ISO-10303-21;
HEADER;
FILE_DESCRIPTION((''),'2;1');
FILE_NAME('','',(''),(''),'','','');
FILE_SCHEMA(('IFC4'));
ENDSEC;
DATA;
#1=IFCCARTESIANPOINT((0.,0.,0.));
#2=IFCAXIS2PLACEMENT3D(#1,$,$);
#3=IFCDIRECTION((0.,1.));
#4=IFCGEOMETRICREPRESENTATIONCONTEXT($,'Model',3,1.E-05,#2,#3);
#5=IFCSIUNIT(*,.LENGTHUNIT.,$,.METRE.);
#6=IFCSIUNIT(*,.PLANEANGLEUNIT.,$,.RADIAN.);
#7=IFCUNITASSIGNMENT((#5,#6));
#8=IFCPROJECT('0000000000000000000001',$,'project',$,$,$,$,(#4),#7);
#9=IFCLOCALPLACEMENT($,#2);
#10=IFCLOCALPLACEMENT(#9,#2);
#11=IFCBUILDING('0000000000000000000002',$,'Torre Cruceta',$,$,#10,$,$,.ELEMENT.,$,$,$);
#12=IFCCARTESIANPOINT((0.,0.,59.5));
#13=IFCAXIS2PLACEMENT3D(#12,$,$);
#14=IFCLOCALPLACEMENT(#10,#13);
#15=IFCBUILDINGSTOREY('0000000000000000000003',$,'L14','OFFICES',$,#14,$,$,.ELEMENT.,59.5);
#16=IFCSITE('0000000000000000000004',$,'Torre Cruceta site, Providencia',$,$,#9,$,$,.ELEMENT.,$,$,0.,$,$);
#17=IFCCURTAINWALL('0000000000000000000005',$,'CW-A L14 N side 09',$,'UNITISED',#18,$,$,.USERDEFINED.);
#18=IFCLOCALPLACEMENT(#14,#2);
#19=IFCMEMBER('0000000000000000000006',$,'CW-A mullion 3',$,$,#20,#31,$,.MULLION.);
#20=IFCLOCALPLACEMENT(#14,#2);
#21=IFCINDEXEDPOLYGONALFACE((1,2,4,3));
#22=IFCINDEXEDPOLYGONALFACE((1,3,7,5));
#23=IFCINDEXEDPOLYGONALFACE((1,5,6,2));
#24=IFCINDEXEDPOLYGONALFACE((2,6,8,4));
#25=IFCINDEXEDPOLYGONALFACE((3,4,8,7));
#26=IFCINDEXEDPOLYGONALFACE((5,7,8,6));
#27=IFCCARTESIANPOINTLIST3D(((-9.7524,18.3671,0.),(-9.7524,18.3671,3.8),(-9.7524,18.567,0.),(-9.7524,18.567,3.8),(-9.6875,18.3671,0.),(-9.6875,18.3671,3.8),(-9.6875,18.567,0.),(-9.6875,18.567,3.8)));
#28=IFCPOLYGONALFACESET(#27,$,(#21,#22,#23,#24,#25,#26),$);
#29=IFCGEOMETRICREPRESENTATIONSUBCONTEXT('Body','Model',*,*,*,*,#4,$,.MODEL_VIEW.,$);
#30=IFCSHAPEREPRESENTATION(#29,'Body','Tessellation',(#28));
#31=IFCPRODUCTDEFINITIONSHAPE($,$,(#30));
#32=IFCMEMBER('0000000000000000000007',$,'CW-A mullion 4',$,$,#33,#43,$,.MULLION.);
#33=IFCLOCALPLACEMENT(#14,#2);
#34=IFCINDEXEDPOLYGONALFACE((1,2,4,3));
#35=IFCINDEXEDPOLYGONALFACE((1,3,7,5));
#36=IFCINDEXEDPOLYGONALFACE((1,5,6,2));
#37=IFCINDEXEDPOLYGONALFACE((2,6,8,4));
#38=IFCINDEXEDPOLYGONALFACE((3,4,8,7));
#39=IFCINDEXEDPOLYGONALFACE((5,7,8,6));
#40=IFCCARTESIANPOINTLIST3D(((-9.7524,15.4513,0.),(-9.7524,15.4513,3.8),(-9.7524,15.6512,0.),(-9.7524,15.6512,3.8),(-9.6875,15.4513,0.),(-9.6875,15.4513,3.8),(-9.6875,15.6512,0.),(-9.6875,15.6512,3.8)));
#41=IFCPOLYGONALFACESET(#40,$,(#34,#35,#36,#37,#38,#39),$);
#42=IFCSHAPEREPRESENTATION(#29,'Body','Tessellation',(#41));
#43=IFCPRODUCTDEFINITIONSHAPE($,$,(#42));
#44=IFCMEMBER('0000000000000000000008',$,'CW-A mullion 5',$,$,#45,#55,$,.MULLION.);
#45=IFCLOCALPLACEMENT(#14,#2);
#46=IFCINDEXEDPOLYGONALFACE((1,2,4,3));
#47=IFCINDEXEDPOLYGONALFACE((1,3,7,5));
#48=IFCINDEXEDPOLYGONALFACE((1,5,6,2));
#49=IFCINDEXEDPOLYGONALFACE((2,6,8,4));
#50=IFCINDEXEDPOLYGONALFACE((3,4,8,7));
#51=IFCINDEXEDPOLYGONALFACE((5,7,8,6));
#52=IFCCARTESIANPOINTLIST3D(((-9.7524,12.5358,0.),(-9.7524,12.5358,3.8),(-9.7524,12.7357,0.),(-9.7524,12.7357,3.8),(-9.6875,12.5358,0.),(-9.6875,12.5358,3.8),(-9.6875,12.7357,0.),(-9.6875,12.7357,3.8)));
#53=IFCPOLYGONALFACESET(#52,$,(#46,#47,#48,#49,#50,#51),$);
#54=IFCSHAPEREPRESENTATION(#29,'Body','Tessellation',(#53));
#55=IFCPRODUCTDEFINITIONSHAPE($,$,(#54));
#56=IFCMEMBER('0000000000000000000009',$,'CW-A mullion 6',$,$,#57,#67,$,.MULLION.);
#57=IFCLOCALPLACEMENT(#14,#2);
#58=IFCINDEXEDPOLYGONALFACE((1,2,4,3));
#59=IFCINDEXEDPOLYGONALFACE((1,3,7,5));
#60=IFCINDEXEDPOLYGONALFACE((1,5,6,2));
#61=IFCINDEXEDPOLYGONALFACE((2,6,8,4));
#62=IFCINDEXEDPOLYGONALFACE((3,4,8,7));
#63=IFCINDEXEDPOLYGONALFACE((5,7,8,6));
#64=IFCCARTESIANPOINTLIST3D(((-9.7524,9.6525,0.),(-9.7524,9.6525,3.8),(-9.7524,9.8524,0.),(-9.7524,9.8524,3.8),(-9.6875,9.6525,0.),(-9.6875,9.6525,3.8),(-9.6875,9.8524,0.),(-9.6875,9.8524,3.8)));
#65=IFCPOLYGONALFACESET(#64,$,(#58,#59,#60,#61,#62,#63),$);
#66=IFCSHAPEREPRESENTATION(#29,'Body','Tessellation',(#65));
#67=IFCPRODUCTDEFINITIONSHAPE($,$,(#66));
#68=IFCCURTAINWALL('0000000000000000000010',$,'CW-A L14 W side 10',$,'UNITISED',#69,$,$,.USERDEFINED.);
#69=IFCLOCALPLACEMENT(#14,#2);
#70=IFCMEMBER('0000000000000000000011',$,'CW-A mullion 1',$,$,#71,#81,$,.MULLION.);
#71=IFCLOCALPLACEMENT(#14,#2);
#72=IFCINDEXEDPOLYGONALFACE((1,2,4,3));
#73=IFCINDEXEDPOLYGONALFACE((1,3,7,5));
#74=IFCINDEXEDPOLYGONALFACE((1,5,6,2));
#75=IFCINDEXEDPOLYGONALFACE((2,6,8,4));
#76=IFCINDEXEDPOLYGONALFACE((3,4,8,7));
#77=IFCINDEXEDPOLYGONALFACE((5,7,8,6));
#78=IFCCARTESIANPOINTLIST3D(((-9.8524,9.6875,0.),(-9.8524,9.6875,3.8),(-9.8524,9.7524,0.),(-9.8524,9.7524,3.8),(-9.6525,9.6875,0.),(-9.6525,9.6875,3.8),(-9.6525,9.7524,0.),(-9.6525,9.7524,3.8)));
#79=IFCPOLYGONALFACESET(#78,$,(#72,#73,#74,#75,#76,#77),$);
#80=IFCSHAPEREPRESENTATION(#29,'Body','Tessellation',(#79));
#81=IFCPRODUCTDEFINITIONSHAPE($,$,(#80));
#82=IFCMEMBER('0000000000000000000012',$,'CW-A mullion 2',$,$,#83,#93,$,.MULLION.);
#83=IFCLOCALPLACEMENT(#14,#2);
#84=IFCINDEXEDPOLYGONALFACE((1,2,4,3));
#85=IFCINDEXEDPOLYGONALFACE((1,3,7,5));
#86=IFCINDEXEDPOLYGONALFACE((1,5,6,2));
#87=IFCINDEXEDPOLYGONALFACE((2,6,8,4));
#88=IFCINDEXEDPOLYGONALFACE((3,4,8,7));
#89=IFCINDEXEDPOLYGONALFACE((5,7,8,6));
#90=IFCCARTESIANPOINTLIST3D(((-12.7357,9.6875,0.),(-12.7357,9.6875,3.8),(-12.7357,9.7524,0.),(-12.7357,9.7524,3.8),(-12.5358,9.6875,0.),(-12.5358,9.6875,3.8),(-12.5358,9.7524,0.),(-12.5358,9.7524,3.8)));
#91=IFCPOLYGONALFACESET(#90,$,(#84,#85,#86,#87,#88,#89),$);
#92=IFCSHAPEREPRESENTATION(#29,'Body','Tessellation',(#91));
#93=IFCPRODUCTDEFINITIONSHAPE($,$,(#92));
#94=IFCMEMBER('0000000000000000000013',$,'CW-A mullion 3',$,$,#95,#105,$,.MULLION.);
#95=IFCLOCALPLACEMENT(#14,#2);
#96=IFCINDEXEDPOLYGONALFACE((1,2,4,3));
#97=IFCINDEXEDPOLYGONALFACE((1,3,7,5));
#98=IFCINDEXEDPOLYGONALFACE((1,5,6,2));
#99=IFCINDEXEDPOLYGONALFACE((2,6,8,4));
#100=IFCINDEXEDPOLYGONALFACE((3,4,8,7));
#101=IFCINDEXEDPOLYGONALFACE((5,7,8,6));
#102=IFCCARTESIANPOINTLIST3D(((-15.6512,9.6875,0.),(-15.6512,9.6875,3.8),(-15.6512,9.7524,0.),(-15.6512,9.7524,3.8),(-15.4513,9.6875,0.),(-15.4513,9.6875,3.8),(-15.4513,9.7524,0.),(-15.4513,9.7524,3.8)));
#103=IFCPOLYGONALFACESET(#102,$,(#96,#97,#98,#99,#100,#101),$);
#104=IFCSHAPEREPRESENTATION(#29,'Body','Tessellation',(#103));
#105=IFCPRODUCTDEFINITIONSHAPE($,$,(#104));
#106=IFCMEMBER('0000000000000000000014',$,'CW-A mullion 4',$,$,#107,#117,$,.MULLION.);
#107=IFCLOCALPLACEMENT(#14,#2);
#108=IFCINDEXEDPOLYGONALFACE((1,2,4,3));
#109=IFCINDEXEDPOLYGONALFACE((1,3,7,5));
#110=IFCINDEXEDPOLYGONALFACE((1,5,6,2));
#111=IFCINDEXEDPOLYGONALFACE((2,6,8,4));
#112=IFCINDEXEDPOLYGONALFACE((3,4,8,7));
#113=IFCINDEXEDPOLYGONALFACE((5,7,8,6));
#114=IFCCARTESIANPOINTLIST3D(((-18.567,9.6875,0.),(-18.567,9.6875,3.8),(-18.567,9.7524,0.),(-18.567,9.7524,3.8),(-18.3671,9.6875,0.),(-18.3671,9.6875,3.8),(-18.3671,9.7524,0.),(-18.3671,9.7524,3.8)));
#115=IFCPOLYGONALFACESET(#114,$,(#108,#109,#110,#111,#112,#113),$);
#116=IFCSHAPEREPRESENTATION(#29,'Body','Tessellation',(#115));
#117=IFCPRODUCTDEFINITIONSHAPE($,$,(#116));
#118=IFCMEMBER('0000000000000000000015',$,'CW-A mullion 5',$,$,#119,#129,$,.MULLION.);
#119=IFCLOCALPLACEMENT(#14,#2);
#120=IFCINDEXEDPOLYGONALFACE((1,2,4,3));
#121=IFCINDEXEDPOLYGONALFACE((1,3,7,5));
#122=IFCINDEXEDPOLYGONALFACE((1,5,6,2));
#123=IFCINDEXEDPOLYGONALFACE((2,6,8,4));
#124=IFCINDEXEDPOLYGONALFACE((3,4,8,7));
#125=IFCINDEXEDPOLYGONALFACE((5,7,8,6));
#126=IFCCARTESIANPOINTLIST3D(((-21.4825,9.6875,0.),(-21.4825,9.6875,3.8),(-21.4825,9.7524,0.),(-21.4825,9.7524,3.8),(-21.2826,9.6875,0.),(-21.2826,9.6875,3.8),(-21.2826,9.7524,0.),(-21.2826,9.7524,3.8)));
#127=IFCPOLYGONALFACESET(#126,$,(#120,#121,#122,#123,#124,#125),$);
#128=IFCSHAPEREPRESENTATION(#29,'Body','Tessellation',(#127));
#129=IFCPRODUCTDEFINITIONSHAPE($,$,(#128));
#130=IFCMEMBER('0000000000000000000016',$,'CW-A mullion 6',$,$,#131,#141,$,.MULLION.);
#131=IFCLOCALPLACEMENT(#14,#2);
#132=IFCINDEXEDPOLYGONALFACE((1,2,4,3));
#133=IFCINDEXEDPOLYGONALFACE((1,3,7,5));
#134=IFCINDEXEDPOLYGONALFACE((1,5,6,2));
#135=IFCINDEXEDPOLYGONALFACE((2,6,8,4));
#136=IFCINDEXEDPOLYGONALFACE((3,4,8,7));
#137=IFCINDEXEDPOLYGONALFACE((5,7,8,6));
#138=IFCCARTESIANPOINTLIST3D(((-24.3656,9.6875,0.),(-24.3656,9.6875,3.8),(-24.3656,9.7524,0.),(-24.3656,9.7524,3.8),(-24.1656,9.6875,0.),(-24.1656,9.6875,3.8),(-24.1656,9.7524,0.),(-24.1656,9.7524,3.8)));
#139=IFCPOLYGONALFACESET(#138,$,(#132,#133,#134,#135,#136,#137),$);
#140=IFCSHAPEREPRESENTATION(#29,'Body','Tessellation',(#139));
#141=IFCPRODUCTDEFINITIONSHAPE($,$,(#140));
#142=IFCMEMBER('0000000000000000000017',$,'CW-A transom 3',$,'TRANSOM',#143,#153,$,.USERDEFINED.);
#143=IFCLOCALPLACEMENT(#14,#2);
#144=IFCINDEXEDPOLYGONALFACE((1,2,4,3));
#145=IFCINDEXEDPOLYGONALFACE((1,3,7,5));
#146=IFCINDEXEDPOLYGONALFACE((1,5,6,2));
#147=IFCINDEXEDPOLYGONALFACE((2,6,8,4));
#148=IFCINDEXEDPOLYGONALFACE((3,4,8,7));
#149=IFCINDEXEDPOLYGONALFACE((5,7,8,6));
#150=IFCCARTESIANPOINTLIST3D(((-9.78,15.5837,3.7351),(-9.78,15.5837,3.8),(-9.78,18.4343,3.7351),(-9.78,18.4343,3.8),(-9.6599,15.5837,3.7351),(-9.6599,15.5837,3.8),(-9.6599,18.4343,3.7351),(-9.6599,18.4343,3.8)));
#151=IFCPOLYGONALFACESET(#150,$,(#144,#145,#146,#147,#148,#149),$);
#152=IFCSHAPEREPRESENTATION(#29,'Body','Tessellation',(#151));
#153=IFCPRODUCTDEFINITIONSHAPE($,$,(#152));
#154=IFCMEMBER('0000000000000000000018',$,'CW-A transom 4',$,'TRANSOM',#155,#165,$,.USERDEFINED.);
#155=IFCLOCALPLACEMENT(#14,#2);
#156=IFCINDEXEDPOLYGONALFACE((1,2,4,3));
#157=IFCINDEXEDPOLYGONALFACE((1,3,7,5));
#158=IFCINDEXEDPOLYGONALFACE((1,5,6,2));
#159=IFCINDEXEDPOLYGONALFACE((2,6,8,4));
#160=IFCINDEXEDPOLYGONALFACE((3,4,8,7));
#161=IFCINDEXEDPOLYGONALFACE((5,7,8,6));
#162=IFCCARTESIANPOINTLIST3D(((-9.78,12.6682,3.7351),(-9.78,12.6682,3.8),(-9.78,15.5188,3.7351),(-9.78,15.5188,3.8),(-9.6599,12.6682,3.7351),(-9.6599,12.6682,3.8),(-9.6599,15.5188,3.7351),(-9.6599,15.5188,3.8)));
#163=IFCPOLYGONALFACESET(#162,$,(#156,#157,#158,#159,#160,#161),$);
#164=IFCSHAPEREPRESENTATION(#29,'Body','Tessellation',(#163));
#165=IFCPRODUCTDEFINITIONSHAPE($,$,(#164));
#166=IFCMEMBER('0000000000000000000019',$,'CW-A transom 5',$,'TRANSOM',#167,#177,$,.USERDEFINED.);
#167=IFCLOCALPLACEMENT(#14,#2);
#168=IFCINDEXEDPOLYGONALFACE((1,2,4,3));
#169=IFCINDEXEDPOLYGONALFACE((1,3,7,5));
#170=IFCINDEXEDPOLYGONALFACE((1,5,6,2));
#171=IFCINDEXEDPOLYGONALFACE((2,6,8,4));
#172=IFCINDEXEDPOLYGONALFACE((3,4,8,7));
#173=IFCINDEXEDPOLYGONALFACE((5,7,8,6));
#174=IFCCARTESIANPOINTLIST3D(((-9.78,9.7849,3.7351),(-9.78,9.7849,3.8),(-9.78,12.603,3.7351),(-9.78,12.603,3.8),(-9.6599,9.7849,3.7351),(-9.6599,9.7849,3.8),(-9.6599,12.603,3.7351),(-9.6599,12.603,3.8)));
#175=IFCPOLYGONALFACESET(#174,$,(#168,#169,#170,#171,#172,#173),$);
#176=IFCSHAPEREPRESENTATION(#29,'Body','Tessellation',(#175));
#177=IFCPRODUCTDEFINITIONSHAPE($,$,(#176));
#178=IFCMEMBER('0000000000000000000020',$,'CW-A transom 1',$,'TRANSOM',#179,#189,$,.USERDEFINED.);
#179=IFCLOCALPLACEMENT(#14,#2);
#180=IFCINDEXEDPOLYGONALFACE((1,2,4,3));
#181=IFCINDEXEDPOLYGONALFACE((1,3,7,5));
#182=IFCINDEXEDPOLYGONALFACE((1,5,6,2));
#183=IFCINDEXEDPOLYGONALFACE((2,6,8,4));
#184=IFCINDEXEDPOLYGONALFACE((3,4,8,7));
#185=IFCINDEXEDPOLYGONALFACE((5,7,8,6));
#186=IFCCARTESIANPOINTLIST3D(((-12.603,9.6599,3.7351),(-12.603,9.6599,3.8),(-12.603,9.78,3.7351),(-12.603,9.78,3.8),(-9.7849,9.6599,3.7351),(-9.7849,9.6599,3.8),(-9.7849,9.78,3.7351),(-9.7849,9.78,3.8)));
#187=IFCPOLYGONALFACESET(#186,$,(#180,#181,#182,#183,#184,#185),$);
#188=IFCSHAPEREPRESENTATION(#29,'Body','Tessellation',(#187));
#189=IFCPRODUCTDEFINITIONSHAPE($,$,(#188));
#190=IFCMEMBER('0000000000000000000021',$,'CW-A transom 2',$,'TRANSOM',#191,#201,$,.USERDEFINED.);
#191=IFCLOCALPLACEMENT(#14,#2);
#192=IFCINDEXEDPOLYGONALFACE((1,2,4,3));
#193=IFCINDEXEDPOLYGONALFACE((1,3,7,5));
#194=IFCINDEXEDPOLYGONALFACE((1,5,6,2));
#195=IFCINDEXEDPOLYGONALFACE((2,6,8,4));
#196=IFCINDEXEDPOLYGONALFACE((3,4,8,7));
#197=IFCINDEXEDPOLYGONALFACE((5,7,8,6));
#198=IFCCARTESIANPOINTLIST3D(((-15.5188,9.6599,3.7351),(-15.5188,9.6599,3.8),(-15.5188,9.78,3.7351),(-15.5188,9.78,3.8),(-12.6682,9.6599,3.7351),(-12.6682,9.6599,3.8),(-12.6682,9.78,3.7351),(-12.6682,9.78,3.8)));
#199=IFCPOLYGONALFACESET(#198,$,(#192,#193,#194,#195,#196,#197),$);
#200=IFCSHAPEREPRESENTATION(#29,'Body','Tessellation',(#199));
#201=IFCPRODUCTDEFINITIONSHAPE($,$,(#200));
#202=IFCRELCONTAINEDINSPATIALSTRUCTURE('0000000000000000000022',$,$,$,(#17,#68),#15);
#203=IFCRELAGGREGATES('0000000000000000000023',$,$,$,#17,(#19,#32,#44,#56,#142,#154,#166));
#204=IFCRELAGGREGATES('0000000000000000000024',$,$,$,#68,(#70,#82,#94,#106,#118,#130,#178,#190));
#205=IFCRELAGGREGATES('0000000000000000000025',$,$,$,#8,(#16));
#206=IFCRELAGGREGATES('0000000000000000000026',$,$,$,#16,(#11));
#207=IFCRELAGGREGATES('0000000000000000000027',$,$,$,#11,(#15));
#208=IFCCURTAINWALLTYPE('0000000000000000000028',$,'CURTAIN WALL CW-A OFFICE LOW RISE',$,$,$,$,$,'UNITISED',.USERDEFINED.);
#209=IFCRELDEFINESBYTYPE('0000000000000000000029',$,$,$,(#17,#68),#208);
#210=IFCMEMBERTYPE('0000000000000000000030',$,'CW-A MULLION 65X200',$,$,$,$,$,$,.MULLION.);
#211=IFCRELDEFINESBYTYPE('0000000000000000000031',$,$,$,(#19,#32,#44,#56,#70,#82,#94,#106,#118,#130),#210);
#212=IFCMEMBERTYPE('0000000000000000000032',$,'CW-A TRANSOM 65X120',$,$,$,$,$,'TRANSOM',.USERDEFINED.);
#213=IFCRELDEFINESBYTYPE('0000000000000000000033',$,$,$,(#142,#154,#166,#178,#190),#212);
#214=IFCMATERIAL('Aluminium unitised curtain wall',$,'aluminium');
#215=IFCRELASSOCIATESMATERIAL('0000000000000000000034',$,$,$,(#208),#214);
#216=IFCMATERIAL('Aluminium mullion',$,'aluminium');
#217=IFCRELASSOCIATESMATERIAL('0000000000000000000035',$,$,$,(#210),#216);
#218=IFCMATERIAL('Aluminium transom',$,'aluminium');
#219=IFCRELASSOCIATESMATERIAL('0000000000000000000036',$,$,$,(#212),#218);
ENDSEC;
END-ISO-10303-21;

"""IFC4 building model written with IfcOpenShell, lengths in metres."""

from ifc_helpers import new_model, si_unit, direction, frame, origin, origin_2d, place, context, subcontext, project, spatial, rectangle, extrude, material, material_profile, profile_set, type_object, element, aggregate, save


model = new_model("IFC4")

# Units and contexts
model_context = context("Model", 3, precision=1e-05, world=origin(), true_north=direction((0.0, 1.0)))
body_context = subcontext(model_context, "Body", "Model", "MODEL_VIEW")
ifc_project = project(units=[si_unit("LENGTHUNIT", "METRE"), si_unit("PLANEANGLEUNIT", "RADIAN")], contexts=[model_context])

# Site, building, storey
site_placement = place(None, origin())
site = spatial("IfcSite", under=ifc_project, at=site_placement, Name="Torre Cruceta site, Providencia", CompositionType="ELEMENT", RefElevation=0.0)
building_placement = place(site_placement, origin())
building = spatial("IfcBuilding", under=site, at=building_placement, Name="Torre Cruceta", CompositionType="ELEMENT")
storey_placement = place(building_placement, frame((0.0, 0.0, 59.5)))
storey = spatial("IfcBuildingStorey", under=building, at=storey_placement, Name="L14", Description="OFFICES", CompositionType="ELEMENT", Elevation=59.5)

# Curtain walls, members
ifc_material_1 = material(Name="Aluminium unitised curtain wall", Category="aluminium")
curtain_wall_type = type_object("IfcCurtainWallType", Name="CURTAIN WALL CW-A OFFICE LOW RISE", ElementType="UNITISED", PredefinedType="USERDEFINED", material=ifc_material_1)
curtain_wall_1_placement = place(storey_placement, origin())
curtain_wall_1 = element("IfcCurtainWall", 1, at=curtain_wall_1_placement, inside=storey, type_object=curtain_wall_type, Name="CW-A L14 N side 09", ObjectType="UNITISED", PredefinedType="USERDEFINED")
ifc_material_2 = material(Name="Aluminium mullion", Category="aluminium")
ifc_material_profile_1 = material_profile(ifc_material_2, rectangle(XDim=0.0649, YDim=0.2, at=origin_2d()), Name="AL 65X200")
ifc_profile_set_1 = profile_set([ifc_material_profile_1], Name="Aluminium mullion")
member_type_1 = type_object("IfcMemberType", Name="CW-A MULLION 65X200", PredefinedType="MULLION", material=ifc_profile_set_1)
member_1_placement = place(storey_placement, frame((-9.72, 18.467, 0.0), z_axis=(0.0, 0.0, 1.0), x_axis=(1.0, 0.0, 0.0)))
member_1 = element("IfcMember", 2, at=member_1_placement, type_object=member_type_1, Name="CW-A mullion 3", PredefinedType="MULLION", context=body_context, shape_type="SweptSolid", body=[
    extrude(rectangle(XDim=0.0649, YDim=0.2, at=origin_2d()), origin(), (0.0, 0.0, 1.0), 3.8),
])
member_2_placement = place(storey_placement, frame((-9.72, 15.5513, 0.0), z_axis=(0.0, 0.0, 1.0), x_axis=(1.0, 0.0, 0.0)))
member_2 = element("IfcMember", 3, at=member_2_placement, type_object=member_type_1, Name="CW-A mullion 4", PredefinedType="MULLION", context=body_context, shape_type="SweptSolid", body=[
    extrude(rectangle(XDim=0.0649, YDim=0.2, at=origin_2d()), origin(), (0.0, 0.0, 1.0), 3.8),
])
member_3_placement = place(storey_placement, frame((-9.72, 12.6357, 0.0), z_axis=(0.0, 0.0, 1.0), x_axis=(1.0, 0.0, 0.0)))
member_3 = element("IfcMember", 4, at=member_3_placement, type_object=member_type_1, Name="CW-A mullion 5", PredefinedType="MULLION", context=body_context, shape_type="SweptSolid", body=[
    extrude(rectangle(XDim=0.0649, YDim=0.2, at=origin_2d()), origin(), (0.0, 0.0, 1.0), 3.8),
])
member_4_placement = place(storey_placement, frame((-9.72, 9.7524, 0.0), z_axis=(0.0, 0.0, 1.0), x_axis=(1.0, 0.0, 0.0)))
member_4 = element("IfcMember", 5, at=member_4_placement, type_object=member_type_1, Name="CW-A mullion 6", PredefinedType="MULLION", context=body_context, shape_type="SweptSolid", body=[
    extrude(rectangle(XDim=0.0649, YDim=0.2, at=origin_2d()), origin(), (0.0, 0.0, 1.0), 3.8),
])
curtain_wall_2_placement = place(storey_placement, origin())
curtain_wall_2 = element("IfcCurtainWall", 6, at=curtain_wall_2_placement, inside=storey, type_object=curtain_wall_type, Name="CW-A L14 W side 10", ObjectType="UNITISED", PredefinedType="USERDEFINED")
member_5_placement = place(storey_placement, frame((-9.7524, 9.72, 0.0), z_axis=(0.0, 0.0, 1.0), x_axis=(0.0, -1.0, 0.0)))
member_5 = element("IfcMember", 7, at=member_5_placement, type_object=member_type_1, Name="CW-A mullion 1", PredefinedType="MULLION", context=body_context, shape_type="SweptSolid", body=[
    extrude(rectangle(XDim=0.0649, YDim=0.2, at=origin_2d()), origin(), (0.0, 0.0, 1.0), 3.8),
])
member_6_placement = place(storey_placement, frame((-12.6357, 9.72, 0.0), z_axis=(0.0, 0.0, 1.0), x_axis=(0.0, -1.0, 0.0)))
member_6 = element("IfcMember", 8, at=member_6_placement, type_object=member_type_1, Name="CW-A mullion 2", PredefinedType="MULLION", context=body_context, shape_type="SweptSolid", body=[
    extrude(rectangle(XDim=0.0649, YDim=0.2, at=origin_2d()), origin(), (0.0, 0.0, 1.0), 3.8),
])
member_7_placement = place(storey_placement, frame((-15.5513, 9.72, 0.0), z_axis=(0.0, 0.0, 1.0), x_axis=(0.0, -1.0, 0.0)))
member_7 = element("IfcMember", 9, at=member_7_placement, type_object=member_type_1, Name="CW-A mullion 3", PredefinedType="MULLION", context=body_context, shape_type="SweptSolid", body=[
    extrude(rectangle(XDim=0.0649, YDim=0.2, at=origin_2d()), origin(), (0.0, 0.0, 1.0), 3.8),
])
member_8_placement = place(storey_placement, frame((-18.467, 9.72, 0.0), z_axis=(0.0, 0.0, 1.0), x_axis=(0.0, -1.0, 0.0)))
member_8 = element("IfcMember", 10, at=member_8_placement, type_object=member_type_1, Name="CW-A mullion 4", PredefinedType="MULLION", context=body_context, shape_type="SweptSolid", body=[
    extrude(rectangle(XDim=0.0649, YDim=0.2, at=origin_2d()), origin(), (0.0, 0.0, 1.0), 3.8),
])
member_9_placement = place(storey_placement, frame((-21.3826, 9.72, 0.0), z_axis=(0.0, 0.0, 1.0), x_axis=(0.0, -1.0, 0.0)))
member_9 = element("IfcMember", 11, at=member_9_placement, type_object=member_type_1, Name="CW-A mullion 5", PredefinedType="MULLION", context=body_context, shape_type="SweptSolid", body=[
    extrude(rectangle(XDim=0.0649, YDim=0.2, at=origin_2d()), origin(), (0.0, 0.0, 1.0), 3.8),
])
member_10_placement = place(storey_placement, frame((-24.2656, 9.72, 0.0), z_axis=(0.0, 0.0, 1.0), x_axis=(0.0, -1.0, 0.0)))
member_10 = element("IfcMember", 12, at=member_10_placement, type_object=member_type_1, Name="CW-A mullion 6", PredefinedType="MULLION", context=body_context, shape_type="SweptSolid", body=[
    extrude(rectangle(XDim=0.0649, YDim=0.2, at=origin_2d()), origin(), (0.0, 0.0, 1.0), 3.8),
])

# Members
ifc_material_3 = material(Name="Aluminium transom", Category="aluminium")
ifc_material_profile_2 = material_profile(ifc_material_3, rectangle(XDim=0.1201, YDim=0.0649, at=origin_2d()), Name="AL 120X65")
ifc_profile_set_2 = profile_set([ifc_material_profile_2], Name="Aluminium transom")
member_type_2 = type_object("IfcMemberType", Name="CW-A TRANSOM 65X120", ElementType="TRANSOM", PredefinedType="USERDEFINED", material=ifc_profile_set_2)
member_11_placement = place(storey_placement, frame((-9.72, 18.4343, 3.7676), z_axis=(0.0, -1.0, 0.0), x_axis=(1.0, 0.0, 0.0)))
member_11 = element("IfcMember", 13, at=member_11_placement, type_object=member_type_2, Name="CW-A transom 3", ObjectType="TRANSOM", PredefinedType="USERDEFINED", context=body_context, shape_type="SweptSolid", body=[
    extrude(rectangle(XDim=0.1201, YDim=0.0649, at=origin_2d()), origin(), (0.0, 0.0, 1.0), 2.8506),
])
member_12_placement = place(storey_placement, frame((-9.72, 15.5188, 3.7676), z_axis=(0.0, -1.0, 0.0), x_axis=(1.0, 0.0, 0.0)))
member_12 = element("IfcMember", 14, at=member_12_placement, type_object=member_type_2, Name="CW-A transom 4", ObjectType="TRANSOM", PredefinedType="USERDEFINED", context=body_context, shape_type="SweptSolid", body=[
    extrude(rectangle(XDim=0.1201, YDim=0.0649, at=origin_2d()), origin(), (0.0, 0.0, 1.0), 2.8506),
])
member_13_placement = place(storey_placement, frame((-9.72, 12.603, 3.7676), z_axis=(0.0, -1.0, 0.0), x_axis=(1.0, 0.0, 0.0)))
member_13 = element("IfcMember", 15, at=member_13_placement, type_object=member_type_2, Name="CW-A transom 5", ObjectType="TRANSOM", PredefinedType="USERDEFINED", context=body_context, shape_type="SweptSolid", body=[
    extrude(rectangle(XDim=0.1201, YDim=0.0649, at=origin_2d()), origin(), (0.0, 0.0, 1.0), 2.8181),
])
member_14_placement = place(storey_placement, frame((-9.7849, 9.72, 3.7676), z_axis=(-1.0, 0.0, 0.0), x_axis=(0.0, -1.0, 0.0)))
member_14 = element("IfcMember", 16, at=member_14_placement, type_object=member_type_2, Name="CW-A transom 1", ObjectType="TRANSOM", PredefinedType="USERDEFINED", context=body_context, shape_type="SweptSolid", body=[
    extrude(rectangle(XDim=0.1201, YDim=0.0649, at=origin_2d()), origin(), (0.0, 0.0, 1.0), 2.8181),
])
member_15_placement = place(storey_placement, frame((-12.6682, 9.72, 3.7676), z_axis=(-1.0, 0.0, 0.0), x_axis=(0.0, -1.0, 0.0)))
member_15 = element("IfcMember", 17, at=member_15_placement, type_object=member_type_2, Name="CW-A transom 2", ObjectType="TRANSOM", PredefinedType="USERDEFINED", context=body_context, shape_type="SweptSolid", body=[
    extrude(rectangle(XDim=0.1201, YDim=0.0649, at=origin_2d()), origin(), (0.0, 0.0, 1.0), 2.8506),
])

aggregate(curtain_wall_1, [member_1, member_2, member_3, member_4, member_11, member_12, member_13])
aggregate(curtain_wall_2, [member_5, member_6, member_7, member_8, member_9, member_10, member_14, member_15])

save(model, "model.ifc")
